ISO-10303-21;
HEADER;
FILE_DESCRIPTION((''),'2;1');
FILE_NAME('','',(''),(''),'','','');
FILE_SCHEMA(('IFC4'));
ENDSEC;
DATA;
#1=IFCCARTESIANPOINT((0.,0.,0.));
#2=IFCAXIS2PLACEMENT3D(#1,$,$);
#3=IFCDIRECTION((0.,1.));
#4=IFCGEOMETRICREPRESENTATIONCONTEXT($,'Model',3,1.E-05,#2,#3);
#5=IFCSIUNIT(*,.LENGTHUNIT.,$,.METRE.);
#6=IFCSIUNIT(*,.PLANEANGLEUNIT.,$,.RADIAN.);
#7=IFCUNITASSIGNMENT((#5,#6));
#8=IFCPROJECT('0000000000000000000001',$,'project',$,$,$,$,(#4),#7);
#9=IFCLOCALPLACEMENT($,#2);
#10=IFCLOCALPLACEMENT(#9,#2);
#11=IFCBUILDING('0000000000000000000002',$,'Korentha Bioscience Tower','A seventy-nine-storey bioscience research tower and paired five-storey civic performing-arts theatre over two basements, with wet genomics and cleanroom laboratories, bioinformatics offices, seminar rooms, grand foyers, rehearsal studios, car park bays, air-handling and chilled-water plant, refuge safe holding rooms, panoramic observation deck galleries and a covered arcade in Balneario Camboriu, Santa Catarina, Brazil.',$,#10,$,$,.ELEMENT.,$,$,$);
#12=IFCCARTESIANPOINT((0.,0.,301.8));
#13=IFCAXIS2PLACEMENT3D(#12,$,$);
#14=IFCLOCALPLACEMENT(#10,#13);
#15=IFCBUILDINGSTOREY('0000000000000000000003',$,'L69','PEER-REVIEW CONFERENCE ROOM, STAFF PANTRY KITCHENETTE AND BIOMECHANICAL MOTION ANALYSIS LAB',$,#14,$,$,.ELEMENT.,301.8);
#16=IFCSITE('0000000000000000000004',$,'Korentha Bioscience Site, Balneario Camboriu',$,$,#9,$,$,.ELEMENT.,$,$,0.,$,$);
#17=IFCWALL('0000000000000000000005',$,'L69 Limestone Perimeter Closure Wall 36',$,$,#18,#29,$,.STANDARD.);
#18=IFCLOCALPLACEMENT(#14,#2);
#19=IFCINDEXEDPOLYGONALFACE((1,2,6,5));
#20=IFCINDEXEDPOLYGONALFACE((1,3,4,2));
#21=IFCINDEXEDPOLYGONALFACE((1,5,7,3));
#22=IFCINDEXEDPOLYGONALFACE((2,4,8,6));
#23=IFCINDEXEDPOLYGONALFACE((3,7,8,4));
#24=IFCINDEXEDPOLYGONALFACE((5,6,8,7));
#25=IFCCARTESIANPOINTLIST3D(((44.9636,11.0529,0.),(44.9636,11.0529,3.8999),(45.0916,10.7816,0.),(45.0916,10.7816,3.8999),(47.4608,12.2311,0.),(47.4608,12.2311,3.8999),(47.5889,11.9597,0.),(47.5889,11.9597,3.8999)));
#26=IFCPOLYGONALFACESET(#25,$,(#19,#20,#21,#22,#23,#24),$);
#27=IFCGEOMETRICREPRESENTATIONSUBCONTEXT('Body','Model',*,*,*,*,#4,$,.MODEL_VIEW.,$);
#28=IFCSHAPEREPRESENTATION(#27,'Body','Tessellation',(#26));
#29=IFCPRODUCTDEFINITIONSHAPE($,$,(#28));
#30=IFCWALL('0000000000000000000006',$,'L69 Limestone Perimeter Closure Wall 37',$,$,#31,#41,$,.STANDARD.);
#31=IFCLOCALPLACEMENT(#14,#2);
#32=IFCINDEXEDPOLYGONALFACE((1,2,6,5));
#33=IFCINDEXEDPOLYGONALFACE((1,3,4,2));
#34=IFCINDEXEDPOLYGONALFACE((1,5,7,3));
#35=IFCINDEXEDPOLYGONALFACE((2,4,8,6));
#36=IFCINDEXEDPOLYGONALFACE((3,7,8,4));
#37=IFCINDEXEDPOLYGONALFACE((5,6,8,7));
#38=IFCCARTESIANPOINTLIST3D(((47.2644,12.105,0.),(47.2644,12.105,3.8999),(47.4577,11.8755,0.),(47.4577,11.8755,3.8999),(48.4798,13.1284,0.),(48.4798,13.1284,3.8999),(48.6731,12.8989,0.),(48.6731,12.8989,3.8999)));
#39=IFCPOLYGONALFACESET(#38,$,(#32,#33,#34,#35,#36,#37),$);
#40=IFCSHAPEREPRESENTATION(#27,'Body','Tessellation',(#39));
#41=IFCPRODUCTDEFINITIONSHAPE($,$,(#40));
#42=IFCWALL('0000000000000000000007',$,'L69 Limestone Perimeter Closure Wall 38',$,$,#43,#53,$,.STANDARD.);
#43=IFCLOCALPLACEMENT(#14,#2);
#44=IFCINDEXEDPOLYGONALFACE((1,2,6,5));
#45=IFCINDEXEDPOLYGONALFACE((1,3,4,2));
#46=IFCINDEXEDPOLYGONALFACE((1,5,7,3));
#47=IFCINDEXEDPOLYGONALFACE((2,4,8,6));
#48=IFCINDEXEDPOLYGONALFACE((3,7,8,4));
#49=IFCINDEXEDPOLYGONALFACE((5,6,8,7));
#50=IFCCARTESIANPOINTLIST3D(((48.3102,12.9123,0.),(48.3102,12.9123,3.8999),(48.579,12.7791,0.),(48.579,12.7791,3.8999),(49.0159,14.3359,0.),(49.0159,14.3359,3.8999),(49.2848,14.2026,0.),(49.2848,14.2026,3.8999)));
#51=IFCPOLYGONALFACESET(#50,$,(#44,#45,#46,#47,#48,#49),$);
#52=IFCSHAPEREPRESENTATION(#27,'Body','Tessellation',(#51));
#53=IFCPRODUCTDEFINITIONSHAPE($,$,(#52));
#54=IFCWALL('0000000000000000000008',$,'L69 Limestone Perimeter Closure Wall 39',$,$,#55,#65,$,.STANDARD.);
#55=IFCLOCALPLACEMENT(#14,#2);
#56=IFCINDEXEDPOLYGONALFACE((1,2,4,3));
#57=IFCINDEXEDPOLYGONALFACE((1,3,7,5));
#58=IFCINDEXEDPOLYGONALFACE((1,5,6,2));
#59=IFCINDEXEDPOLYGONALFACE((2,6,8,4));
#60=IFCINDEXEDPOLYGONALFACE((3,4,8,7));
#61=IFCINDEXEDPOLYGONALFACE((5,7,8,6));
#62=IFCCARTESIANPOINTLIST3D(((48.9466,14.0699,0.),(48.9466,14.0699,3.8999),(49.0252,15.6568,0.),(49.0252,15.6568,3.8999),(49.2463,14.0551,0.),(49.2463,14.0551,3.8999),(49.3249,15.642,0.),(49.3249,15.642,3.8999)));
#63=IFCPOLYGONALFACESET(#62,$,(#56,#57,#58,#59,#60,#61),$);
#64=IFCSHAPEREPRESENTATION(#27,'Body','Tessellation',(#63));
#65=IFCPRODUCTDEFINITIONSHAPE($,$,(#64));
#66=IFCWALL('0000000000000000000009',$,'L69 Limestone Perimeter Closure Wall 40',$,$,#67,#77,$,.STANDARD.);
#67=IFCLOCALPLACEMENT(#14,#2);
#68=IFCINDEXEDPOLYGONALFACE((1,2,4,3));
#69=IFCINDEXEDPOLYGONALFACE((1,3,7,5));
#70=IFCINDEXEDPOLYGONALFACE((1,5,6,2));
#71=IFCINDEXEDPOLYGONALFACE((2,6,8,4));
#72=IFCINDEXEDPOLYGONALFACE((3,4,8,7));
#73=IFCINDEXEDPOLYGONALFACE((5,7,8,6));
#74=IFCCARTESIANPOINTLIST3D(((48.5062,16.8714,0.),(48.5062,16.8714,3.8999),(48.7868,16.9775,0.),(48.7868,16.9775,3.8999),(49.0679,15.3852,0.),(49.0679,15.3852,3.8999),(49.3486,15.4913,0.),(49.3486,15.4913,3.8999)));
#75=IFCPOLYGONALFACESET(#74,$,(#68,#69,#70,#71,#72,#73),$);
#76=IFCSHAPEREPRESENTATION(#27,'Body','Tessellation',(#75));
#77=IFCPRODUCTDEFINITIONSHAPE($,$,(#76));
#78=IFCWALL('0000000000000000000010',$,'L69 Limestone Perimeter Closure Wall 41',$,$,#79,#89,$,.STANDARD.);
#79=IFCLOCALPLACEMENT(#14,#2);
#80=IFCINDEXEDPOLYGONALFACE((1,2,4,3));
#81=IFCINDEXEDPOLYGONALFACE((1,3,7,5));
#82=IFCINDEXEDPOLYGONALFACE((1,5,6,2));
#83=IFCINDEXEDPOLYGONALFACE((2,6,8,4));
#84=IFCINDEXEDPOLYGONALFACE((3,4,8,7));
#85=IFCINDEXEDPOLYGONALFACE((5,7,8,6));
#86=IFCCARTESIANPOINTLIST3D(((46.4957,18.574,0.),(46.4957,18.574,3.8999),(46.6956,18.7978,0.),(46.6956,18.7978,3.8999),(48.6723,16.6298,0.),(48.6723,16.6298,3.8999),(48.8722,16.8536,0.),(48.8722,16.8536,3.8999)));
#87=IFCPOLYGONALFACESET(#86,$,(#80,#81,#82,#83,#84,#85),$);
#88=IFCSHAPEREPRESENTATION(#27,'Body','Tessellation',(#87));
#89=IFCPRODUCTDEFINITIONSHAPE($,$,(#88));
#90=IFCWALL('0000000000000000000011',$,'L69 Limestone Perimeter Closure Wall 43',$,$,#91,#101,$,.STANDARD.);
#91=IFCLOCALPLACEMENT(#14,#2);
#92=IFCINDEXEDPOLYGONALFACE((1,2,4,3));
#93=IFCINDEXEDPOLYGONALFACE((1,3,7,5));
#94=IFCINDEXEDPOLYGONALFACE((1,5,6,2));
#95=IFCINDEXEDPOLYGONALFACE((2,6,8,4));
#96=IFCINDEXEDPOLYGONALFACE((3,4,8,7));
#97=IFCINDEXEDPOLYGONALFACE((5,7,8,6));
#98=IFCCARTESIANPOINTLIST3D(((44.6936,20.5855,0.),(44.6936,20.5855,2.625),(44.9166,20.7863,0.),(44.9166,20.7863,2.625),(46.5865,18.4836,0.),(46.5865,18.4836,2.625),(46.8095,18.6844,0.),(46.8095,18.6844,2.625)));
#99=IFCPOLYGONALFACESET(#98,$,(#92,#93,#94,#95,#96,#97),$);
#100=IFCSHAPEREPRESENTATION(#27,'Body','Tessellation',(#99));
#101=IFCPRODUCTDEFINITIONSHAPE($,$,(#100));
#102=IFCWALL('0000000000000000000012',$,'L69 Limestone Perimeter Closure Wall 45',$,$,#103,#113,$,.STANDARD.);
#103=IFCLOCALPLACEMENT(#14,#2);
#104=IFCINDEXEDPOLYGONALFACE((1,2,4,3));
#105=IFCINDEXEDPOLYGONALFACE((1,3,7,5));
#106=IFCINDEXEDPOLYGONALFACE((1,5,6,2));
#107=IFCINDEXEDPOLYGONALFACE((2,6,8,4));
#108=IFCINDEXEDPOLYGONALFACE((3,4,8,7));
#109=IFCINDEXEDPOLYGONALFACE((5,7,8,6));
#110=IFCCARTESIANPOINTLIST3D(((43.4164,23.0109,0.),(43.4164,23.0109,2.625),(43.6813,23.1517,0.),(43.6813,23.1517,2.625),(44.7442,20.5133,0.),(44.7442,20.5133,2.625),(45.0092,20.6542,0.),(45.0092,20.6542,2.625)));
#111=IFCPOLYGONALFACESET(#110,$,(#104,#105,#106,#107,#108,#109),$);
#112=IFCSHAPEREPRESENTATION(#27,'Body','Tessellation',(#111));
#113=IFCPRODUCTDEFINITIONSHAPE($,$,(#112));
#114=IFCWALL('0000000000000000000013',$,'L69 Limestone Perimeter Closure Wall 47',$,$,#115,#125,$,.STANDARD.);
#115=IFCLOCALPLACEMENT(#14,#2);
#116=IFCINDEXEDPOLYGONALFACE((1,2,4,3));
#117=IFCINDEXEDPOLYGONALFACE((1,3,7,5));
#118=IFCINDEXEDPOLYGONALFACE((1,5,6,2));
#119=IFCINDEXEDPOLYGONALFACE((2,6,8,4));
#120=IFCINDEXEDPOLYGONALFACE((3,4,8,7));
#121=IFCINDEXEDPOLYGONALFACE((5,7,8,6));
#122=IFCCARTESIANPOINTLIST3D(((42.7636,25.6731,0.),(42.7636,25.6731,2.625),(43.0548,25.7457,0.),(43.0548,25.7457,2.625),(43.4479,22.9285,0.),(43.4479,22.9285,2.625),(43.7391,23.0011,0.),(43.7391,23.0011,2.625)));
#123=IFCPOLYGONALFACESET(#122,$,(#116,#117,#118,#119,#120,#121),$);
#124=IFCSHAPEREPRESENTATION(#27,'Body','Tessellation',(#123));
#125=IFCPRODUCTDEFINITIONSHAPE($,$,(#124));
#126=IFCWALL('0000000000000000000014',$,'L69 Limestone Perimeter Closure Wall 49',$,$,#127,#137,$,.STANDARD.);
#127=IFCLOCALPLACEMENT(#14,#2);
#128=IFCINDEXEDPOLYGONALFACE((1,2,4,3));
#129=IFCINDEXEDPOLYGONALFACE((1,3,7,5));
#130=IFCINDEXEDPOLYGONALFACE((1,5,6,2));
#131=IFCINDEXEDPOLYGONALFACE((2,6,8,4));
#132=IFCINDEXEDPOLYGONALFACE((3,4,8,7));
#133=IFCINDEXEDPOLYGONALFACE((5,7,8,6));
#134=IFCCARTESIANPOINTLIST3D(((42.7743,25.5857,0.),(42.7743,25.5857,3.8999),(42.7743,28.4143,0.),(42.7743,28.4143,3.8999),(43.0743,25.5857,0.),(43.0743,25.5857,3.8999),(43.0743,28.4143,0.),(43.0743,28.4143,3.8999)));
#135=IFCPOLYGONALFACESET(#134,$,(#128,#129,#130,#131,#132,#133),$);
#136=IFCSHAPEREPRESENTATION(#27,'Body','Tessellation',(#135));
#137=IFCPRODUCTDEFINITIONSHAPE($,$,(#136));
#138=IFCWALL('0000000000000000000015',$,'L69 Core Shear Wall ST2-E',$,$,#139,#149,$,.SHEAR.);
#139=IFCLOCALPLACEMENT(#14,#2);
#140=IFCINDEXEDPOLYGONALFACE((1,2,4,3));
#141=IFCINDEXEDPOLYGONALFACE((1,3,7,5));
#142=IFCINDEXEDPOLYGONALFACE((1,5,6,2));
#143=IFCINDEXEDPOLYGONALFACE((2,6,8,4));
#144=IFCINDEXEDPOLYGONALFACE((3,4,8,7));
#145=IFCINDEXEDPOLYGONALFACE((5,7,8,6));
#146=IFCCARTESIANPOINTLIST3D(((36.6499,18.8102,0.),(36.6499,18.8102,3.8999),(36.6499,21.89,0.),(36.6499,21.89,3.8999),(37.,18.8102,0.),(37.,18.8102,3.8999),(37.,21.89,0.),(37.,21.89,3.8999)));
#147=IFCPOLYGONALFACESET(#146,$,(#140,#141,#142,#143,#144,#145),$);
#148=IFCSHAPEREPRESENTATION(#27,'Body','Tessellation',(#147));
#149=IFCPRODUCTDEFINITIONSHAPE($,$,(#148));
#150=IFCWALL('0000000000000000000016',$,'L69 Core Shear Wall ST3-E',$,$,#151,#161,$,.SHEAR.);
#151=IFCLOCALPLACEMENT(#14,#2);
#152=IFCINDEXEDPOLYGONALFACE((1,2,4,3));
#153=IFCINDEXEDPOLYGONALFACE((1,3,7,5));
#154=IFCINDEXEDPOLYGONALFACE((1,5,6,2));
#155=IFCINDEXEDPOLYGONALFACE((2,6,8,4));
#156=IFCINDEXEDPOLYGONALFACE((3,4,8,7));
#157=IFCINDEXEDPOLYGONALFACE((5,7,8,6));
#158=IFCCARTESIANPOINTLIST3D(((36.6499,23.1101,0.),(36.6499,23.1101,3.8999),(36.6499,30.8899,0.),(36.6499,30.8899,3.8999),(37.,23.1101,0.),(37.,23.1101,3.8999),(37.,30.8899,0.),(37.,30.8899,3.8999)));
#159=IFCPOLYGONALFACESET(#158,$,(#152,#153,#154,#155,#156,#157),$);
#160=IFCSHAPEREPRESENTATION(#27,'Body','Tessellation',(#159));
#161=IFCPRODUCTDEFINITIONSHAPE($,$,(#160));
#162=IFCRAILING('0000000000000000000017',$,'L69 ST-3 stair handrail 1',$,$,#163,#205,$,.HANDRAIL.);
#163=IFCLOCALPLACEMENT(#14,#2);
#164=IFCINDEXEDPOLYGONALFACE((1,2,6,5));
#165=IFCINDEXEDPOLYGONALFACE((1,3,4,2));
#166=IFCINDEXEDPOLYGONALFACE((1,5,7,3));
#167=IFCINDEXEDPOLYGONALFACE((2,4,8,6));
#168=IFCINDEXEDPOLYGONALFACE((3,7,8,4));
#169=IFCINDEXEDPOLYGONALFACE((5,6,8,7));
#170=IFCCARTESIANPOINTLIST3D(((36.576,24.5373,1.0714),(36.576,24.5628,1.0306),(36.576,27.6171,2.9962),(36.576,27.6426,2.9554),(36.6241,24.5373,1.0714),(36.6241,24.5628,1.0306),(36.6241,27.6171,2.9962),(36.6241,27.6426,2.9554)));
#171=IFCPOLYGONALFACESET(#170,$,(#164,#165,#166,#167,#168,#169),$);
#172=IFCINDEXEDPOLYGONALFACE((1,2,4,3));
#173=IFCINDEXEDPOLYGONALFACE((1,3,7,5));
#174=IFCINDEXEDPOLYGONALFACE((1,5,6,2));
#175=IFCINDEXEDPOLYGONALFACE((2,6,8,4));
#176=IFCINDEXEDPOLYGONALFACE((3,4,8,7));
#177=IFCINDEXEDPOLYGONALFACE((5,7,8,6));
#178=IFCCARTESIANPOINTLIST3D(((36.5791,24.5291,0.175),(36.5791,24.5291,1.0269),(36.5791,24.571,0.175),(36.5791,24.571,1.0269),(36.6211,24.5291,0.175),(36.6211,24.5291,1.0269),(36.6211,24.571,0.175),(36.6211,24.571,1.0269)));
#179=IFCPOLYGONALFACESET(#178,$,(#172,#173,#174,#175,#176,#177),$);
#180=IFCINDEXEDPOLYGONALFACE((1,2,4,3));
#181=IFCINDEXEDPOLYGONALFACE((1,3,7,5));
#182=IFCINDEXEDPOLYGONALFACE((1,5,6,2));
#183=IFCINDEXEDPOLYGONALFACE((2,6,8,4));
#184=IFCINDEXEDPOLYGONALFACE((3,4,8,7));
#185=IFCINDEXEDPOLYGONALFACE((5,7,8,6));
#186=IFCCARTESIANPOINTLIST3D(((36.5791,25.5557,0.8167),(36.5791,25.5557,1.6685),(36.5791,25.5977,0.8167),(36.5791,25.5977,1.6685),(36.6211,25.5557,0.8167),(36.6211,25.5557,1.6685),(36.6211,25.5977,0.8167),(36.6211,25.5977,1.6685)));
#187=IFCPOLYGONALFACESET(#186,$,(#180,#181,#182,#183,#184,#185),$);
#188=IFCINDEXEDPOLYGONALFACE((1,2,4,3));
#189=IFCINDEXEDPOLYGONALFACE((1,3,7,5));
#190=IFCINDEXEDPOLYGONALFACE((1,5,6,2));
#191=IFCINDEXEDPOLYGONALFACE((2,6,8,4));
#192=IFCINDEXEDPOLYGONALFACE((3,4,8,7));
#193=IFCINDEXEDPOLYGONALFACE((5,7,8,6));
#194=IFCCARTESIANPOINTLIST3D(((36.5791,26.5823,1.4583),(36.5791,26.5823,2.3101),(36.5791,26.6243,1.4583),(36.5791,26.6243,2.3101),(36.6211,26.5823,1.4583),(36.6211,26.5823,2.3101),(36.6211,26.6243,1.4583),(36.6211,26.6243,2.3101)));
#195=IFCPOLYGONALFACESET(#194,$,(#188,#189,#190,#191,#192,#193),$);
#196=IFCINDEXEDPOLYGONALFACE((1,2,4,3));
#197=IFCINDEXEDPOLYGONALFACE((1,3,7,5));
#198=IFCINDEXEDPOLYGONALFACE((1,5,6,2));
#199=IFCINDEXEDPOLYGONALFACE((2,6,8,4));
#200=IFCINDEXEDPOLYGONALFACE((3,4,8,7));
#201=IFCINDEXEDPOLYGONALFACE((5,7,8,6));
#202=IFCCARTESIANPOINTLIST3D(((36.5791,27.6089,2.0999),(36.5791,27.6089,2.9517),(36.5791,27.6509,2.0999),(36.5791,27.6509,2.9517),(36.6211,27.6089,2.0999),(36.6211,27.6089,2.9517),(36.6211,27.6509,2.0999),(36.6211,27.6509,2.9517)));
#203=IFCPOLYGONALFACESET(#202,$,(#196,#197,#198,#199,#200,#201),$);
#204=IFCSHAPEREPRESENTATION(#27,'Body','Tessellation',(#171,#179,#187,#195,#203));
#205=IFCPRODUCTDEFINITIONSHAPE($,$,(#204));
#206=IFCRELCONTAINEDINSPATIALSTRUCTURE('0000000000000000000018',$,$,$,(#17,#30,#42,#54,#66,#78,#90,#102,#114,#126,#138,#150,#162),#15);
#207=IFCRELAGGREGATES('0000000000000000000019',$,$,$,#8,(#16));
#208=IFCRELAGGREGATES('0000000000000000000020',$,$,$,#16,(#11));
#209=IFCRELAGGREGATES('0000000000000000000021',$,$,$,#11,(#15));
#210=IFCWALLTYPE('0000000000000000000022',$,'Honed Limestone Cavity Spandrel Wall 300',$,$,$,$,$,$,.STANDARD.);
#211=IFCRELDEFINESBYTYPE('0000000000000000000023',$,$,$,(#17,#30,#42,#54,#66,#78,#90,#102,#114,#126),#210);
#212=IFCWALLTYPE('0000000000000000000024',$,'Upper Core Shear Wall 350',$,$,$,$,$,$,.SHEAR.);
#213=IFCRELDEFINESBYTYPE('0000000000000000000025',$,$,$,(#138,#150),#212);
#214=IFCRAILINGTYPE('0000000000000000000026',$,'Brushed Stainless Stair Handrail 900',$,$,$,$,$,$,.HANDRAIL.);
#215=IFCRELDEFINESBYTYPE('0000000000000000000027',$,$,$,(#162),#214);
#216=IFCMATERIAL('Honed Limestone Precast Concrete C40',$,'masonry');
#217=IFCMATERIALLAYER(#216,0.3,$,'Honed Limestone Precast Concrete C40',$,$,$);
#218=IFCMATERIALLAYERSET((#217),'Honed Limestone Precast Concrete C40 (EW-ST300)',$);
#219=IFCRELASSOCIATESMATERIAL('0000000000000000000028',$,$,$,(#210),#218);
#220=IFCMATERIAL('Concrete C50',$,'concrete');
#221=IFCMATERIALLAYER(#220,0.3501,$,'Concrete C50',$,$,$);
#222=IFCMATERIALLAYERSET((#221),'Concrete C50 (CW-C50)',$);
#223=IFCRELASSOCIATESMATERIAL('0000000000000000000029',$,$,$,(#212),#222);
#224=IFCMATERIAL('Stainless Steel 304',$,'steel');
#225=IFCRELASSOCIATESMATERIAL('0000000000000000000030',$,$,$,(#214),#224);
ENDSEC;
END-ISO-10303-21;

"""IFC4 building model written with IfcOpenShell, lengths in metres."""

from ifc_helpers import new_model, si_unit, direction, frame, frame_2d, origin, origin_2d, place, context, subcontext, project, spatial, rectangle, extrude, material, layer, layer_set, type_object, element, save


model = new_model("IFC4")

# Units and contexts
model_context = context("Model", 3, precision=1e-05, world=origin(), true_north=direction((0.0, 1.0)))
body_context = subcontext(model_context, "Body", "Model", "MODEL_VIEW")
ifc_project = project(units=[si_unit("LENGTHUNIT", "METRE"), si_unit("PLANEANGLEUNIT", "RADIAN")], contexts=[model_context])

# Site, building, storey
site_placement = place(None, origin())
site = spatial("IfcSite", under=ifc_project, at=site_placement, Name="Korentha Bioscience Site, Balneario Camboriu", CompositionType="ELEMENT", RefElevation=0.0)
building_placement = place(site_placement, origin())
building = spatial("IfcBuilding", under=site, at=building_placement, Name="Korentha Bioscience Tower", Description="A seventy-nine-storey bioscience research tower and paired five-storey civic performing-arts theatre over two basements, with wet genomics and cleanroom laboratories, bioinformatics offices, seminar rooms, grand foyers, rehearsal studios, car park bays, air-handling and chilled-water plant, refuge safe holding rooms, panoramic observation deck galleries and a covered arcade in Balneario Camboriu, Santa Catarina, Brazil.", CompositionType="ELEMENT")
storey_placement = place(building_placement, frame((0.0, 0.0, 301.8)))
storey = spatial("IfcBuildingStorey", under=building, at=storey_placement, Name="L69", Description="PEER-REVIEW CONFERENCE ROOM, STAFF PANTRY KITCHENETTE AND BIOMECHANICAL MOTION ANALYSIS LAB", CompositionType="ELEMENT", Elevation=301.8)

# Shared definitions
ifc_material_1 = material(Name="Concrete C50", Category="concrete")

# Walls
ifc_material_2 = material(Name="Honed Limestone Precast Concrete C40", Category="masonry")
ifc_layer_1 = layer(ifc_material_2, 0.3, Name="Honed Limestone Precast Concrete C40")
ifc_layer_set_1 = layer_set([ifc_layer_1], Name="Honed Limestone Precast Concrete C40 (EW-ST300)")
wall_type_1 = type_object("IfcWallType", Name="Honed Limestone Cavity Spandrel Wall 300", PredefinedType="STANDARD", material=ifc_layer_set_1)
wall_1_placement = place(storey_placement, frame((45.0276, 10.9172, 0.0), z_axis=(0.0, 0.0, 1.0), x_axis=(0.904397, 0.426691, 0.0)))
element("IfcWall", 1, at=wall_1_placement, inside=storey, type_object=wall_type_1, Name="L69 Limestone Perimeter Closure Wall 36", PredefinedType="STANDARD", context=body_context, shape_type="SweptSolid", body=[
    extrude(rectangle(XDim=2.7612, YDim=0.3, at=frame_2d((1.3806, 0.0))), origin(), (0.0, 0.0, 1.0), 3.8999),
])
for number, where, z_axis, x_axis, name in (
    (2, (47.3611, 11.9902, 0.0), (0.0, 0.0, 1.0), (0.764911, 0.644136, 0.0), "L69 Limestone Perimeter Closure Wall 37"),
    (3, (48.4446, 12.8457, 0.0), (0.0, 0.0, 1.0), (0.4442, 0.895928, 0.0), "L69 Limestone Perimeter Closure Wall 38"),
    (4, (49.0964, 14.0625, 0.0), (0.0, 0.0, 1.0), (0.049478, 0.998775, 0.0), "L69 Limestone Perimeter Closure Wall 39"),
    (5, (49.2083, 15.4382, 0.0), (0.0, 0.0, 1.0), (-0.353547, 0.935417, 0.0), "L69 Limestone Perimeter Closure Wall 40"),
):
    element("IfcWall", number, at=place(storey_placement, frame(where, z_axis=z_axis, x_axis=x_axis)), inside=storey, type_object=wall_type_1, Name=name, PredefinedType="STANDARD", context=body_context, shape_type="SweptSolid", body=[
        extrude(rectangle(XDim=1.5889, YDim=0.3, at=frame_2d((0.7944, 0.0))), origin(), (0.0, 0.0, 1.0), 3.8999),
    ])
wall_2_placement = place(storey_placement, frame((48.7722, 16.7417, 0.0), z_axis=(0.0, 0.0, 1.0), x_axis=(-0.745806, 0.666164, 0.0)))
element("IfcWall", 6, at=wall_2_placement, inside=storey, type_object=wall_type_1, Name="L69 Limestone Perimeter Closure Wall 41", PredefinedType="STANDARD", context=body_context, shape_type="SweptSolid", body=[
    extrude(rectangle(XDim=2.9185, YDim=0.3, at=frame_2d((1.4592, 0.0))), origin(), (0.0, 0.0, 1.0), 3.8999),
])
for number, where, z_axis, x_axis, name in (
    (7, (46.698, 18.584, 0.0), (0.0, 0.0, 1.0), (-0.669198, 0.743084, 0.0), "L69 Limestone Perimeter Closure Wall 43"),
    (8, (44.8767, 20.5837, 0.0), (0.0, 0.0, 1.0), (-0.469445, 0.882961, 0.0), "L69 Limestone Perimeter Closure Wall 45"),
    (9, (43.5935, 22.9648, 0.0), (0.0, 0.0, 1.0), (-0.241926, 0.970295, 0.0), "L69 Limestone Perimeter Closure Wall 47"),
):
    element("IfcWall", number, at=place(storey_placement, frame(where, z_axis=z_axis, x_axis=x_axis)), inside=storey, type_object=wall_type_1, Name=name, PredefinedType="STANDARD", context=body_context, shape_type="SweptSolid", body=[
        extrude(rectangle(XDim=2.8286, YDim=0.3, at=frame_2d((1.4143, 0.0))), origin(), (0.0, 0.0, 1.0), 2.625),
    ])
wall_3_placement = place(storey_placement, frame((42.9243, 25.5857, 0.0), z_axis=(0.0, 0.0, 1.0), x_axis=(0.0, 1.0, 0.0)))
element("IfcWall", 10, at=wall_3_placement, inside=storey, type_object=wall_type_1, Name="L69 Limestone Perimeter Closure Wall 49", PredefinedType="STANDARD", context=body_context, shape_type="SweptSolid", body=[
    extrude(rectangle(XDim=2.8286, YDim=0.3, at=frame_2d((1.4143, 0.0))), origin(), (0.0, 0.0, 1.0), 3.8999),
])
ifc_layer_2 = layer(ifc_material_1, 0.3501, Name="Concrete C50")
ifc_layer_set_2 = layer_set([ifc_layer_2], Name="Concrete C50 (CW-C50)")
wall_type_2 = type_object("IfcWallType", Name="Upper Core Shear Wall 350", PredefinedType="SHEAR", material=ifc_layer_set_2)
wall_4_placement = place(storey_placement, frame((36.825, 18.8101, 0.0), z_axis=(0.0, 0.0, 1.0), x_axis=(0.0, 1.0, 0.0)))
element("IfcWall", 11, at=wall_4_placement, inside=storey, type_object=wall_type_2, Name="L69 Core Shear Wall ST2-E", PredefinedType="SHEAR", context=body_context, shape_type="SweptSolid", body=[
    extrude(rectangle(XDim=3.0798, YDim=0.3501, at=frame_2d((1.54, 0.0))), origin(), (0.0, 0.0, 1.0), 3.8999),
])
wall_5_placement = place(storey_placement, frame((36.825, 23.1101, 0.0), z_axis=(0.0, 0.0, 1.0), x_axis=(0.0, 1.0, 0.0)))
element("IfcWall", 12, at=wall_5_placement, inside=storey, type_object=wall_type_2, Name="L69 Core Shear Wall ST3-E", PredefinedType="SHEAR", context=body_context, shape_type="SweptSolid", body=[
    extrude(rectangle(XDim=7.7798, YDim=0.3501, at=frame_2d((3.8899, 0.0))), origin(), (0.0, 0.0, 1.0), 3.8999),
])

# Railing
ifc_material_3 = material(Name="Stainless Steel 304", Category="steel")
railing_type = type_object("IfcRailingType", Name="Brushed Stainless Stair Handrail 900", PredefinedType="HANDRAIL", material=ifc_material_3)
railing_placement = place(storey_placement, frame((36.6001, 24.55, 0.175)))
element("IfcRailing", 13, at=railing_placement, inside=storey, type_object=railing_type, Name="L69 ST-3 stair handrail 1", PredefinedType="HANDRAIL", context=body_context, shape_type="SweptSolid", body=[
    extrude(rectangle(XDim=0.0481, YDim=0.0481, at=origin_2d()), frame((0.0, 0.0, 0.876), z_axis=(0.0, 0.84801, 0.529981), x_axis=(-1.0, 0.0, 0.0)), (0.0, 0.0, 1.0), 3.6318),
    extrude(rectangle(XDim=0.042, YDim=0.042, at=origin_2d()), origin(), (0.0, 0.0, 1.0), 0.8518),
    extrude(rectangle(XDim=0.042, YDim=0.042, at=origin_2d()), frame((0.0, 1.0266, 0.6416)), (0.0, 0.0, 1.0), 0.8518),
    extrude(rectangle(XDim=0.042, YDim=0.042, at=origin_2d()), frame((0.0, 2.0532, 1.2832)), (0.0, 0.0, 1.0), 0.8518),
    extrude(rectangle(XDim=0.042, YDim=0.042, at=origin_2d()), frame((0.0, 3.0798, 1.9248)), (0.0, 0.0, 1.0), 0.8518),
])

save(model, "model.ifc")
